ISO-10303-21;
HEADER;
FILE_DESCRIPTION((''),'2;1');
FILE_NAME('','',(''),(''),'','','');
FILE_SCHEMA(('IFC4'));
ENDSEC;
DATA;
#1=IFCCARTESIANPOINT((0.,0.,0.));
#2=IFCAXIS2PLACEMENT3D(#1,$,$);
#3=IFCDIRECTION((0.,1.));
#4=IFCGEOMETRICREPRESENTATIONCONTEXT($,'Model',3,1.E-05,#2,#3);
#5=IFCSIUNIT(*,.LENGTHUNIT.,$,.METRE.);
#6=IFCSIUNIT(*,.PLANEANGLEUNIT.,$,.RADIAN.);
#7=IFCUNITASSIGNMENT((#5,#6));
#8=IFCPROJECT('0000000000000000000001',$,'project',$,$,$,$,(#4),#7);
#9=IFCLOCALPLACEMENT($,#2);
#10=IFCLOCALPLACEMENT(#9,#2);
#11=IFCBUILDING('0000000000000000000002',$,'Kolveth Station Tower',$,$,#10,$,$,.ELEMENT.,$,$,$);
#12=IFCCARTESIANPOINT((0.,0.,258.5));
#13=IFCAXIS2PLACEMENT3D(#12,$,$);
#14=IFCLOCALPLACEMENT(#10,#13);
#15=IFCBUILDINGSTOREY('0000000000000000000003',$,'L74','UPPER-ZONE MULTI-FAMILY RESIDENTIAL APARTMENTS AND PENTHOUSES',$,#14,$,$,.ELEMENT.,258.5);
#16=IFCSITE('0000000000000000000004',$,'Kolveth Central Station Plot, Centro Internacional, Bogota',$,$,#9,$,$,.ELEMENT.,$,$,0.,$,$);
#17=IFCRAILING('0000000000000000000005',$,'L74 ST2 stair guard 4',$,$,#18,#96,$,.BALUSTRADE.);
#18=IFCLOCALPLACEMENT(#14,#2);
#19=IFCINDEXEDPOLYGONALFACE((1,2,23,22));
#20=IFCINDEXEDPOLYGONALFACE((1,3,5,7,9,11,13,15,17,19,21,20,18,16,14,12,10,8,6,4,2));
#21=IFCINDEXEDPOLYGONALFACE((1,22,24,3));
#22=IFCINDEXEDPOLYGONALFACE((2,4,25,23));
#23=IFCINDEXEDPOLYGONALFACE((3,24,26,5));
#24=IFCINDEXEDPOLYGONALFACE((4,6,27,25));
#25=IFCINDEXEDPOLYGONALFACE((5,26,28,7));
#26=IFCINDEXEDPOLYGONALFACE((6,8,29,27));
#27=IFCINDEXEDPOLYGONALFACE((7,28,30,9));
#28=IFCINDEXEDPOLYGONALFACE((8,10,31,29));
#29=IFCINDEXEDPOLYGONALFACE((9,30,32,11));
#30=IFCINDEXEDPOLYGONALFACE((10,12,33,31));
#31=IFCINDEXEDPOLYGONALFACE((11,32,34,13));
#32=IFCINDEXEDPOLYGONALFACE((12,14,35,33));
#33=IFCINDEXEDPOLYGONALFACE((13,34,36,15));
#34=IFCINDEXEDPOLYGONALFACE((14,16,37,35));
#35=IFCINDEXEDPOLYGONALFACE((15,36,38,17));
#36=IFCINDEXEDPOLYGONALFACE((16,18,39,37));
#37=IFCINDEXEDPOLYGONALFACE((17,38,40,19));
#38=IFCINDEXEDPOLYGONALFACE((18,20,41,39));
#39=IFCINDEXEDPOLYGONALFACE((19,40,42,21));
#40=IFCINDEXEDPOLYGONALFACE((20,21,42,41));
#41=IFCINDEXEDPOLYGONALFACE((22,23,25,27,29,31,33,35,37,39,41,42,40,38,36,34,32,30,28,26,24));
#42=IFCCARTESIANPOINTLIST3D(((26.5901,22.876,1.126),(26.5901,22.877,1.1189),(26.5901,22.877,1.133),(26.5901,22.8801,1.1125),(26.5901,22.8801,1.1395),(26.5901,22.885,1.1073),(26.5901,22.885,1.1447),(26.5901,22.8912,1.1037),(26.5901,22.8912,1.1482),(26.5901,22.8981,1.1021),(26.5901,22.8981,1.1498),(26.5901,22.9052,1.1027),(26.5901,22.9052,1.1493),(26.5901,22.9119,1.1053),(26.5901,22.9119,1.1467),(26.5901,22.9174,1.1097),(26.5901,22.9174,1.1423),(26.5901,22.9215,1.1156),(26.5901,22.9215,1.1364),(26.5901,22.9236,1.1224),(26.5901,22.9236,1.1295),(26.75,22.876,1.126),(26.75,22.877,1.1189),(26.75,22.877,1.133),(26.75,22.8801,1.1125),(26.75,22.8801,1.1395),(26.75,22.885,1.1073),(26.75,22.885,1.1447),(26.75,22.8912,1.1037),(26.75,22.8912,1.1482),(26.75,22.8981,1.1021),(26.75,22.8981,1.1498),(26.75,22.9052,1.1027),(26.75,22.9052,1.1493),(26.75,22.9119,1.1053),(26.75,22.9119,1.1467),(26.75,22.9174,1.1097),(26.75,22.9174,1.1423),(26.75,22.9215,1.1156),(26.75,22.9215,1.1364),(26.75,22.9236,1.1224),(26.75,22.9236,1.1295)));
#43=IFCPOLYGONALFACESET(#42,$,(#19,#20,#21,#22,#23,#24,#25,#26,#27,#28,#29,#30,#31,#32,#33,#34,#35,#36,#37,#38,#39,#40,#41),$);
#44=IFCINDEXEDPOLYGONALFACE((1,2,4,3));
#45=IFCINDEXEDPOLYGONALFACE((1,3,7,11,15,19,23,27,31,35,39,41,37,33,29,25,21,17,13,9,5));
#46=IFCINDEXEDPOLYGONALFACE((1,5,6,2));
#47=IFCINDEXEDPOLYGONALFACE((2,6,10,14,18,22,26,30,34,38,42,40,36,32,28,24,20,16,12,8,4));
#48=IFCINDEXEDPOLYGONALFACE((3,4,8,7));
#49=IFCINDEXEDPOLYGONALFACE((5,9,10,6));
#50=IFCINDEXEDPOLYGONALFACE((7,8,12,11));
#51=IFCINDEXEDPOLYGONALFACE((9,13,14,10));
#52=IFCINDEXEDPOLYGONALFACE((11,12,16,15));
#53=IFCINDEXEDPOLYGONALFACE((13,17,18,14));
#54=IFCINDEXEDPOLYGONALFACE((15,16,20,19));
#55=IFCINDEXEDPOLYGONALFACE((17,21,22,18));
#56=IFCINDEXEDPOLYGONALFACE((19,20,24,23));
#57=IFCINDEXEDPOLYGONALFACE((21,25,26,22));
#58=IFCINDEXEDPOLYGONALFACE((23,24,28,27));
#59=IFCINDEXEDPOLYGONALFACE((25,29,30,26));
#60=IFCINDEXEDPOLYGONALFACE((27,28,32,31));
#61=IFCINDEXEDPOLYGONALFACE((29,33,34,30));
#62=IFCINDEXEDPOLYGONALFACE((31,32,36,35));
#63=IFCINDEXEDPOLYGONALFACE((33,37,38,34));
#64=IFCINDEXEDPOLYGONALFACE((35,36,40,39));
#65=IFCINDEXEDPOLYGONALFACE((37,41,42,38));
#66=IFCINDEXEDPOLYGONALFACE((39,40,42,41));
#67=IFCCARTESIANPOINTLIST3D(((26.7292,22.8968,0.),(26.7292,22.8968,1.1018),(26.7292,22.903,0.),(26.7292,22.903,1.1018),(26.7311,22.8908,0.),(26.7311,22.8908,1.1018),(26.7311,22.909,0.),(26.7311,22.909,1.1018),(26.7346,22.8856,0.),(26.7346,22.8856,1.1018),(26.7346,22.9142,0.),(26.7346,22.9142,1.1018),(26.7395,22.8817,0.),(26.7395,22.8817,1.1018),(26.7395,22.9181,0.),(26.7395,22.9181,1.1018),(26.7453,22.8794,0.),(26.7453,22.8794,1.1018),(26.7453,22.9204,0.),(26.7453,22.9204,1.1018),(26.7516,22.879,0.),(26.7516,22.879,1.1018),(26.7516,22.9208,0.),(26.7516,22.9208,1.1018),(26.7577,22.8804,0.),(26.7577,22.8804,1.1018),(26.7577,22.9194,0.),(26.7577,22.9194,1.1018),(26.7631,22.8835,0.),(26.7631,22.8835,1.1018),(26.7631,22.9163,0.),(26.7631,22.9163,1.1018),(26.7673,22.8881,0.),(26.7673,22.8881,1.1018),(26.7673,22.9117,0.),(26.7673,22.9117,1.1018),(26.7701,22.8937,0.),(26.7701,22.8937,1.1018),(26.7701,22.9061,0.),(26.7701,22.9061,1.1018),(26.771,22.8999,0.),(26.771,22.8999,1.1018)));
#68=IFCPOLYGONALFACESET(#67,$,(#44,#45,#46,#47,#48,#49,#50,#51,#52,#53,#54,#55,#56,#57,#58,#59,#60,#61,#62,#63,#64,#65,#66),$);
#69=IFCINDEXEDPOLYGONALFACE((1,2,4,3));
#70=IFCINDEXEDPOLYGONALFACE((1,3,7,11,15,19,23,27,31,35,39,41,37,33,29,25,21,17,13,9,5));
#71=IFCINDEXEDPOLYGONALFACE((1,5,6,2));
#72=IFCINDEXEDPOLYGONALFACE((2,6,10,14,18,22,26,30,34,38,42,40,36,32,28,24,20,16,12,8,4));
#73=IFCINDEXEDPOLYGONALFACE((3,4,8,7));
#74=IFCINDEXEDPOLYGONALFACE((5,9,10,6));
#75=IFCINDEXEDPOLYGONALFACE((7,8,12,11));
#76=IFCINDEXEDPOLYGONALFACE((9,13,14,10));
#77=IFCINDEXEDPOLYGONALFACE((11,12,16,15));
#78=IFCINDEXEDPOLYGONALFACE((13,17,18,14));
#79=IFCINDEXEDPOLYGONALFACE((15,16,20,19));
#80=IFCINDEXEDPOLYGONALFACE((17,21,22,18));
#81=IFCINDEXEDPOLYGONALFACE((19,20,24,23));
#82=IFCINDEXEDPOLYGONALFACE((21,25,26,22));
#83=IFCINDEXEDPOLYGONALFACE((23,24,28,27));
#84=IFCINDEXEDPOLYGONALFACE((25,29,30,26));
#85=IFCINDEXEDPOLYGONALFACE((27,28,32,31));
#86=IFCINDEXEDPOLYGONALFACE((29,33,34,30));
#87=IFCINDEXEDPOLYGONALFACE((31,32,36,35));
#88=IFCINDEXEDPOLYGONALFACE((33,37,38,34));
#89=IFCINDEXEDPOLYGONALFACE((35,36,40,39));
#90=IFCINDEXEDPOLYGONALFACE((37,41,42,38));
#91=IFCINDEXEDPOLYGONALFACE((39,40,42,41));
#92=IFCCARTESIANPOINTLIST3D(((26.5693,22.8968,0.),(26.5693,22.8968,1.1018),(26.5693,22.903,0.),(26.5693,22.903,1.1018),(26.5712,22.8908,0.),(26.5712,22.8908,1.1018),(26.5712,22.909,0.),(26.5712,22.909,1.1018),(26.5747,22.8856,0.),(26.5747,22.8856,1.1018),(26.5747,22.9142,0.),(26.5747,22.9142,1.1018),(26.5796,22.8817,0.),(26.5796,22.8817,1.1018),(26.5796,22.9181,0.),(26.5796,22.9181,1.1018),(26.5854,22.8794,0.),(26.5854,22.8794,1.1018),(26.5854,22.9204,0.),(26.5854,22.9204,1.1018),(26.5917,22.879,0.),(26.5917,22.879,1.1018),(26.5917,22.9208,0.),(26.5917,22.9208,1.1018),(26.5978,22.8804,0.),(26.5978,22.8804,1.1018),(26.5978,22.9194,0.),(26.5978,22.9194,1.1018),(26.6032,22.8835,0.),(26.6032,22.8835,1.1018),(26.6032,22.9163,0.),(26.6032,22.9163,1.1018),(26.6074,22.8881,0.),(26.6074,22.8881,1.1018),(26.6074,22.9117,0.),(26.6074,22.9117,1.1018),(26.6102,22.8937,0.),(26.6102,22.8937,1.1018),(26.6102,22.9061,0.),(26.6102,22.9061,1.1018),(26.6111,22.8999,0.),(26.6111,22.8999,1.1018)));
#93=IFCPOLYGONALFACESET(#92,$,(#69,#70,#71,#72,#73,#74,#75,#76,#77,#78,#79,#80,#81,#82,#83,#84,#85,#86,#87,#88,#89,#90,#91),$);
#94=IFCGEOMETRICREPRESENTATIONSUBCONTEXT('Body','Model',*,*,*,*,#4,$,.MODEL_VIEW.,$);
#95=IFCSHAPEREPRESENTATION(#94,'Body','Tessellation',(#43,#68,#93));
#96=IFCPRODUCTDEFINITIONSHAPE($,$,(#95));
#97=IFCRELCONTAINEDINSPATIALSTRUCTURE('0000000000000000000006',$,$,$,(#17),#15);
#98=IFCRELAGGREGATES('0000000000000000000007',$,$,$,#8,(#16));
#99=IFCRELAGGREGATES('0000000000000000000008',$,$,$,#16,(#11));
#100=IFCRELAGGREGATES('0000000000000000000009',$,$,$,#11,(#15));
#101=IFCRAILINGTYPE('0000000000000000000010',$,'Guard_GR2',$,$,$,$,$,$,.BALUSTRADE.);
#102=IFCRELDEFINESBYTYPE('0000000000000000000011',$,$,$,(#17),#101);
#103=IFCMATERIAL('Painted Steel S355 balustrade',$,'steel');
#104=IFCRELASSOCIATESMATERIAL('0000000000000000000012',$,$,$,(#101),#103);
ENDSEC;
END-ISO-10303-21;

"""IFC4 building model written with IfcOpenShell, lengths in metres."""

from ifc_helpers import new_model, si_unit, direction, frame, origin, origin_2d, place, context, subcontext, project, spatial, circle, extrude, material, type_object, element, save


model = new_model("IFC4")

# Units and contexts
model_context = context("Model", 3, precision=1e-05, world=origin(), true_north=direction((0.0, 1.0)))
body_context = subcontext(model_context, "Body", "Model", "MODEL_VIEW")
ifc_project = project(units=[si_unit("LENGTHUNIT", "METRE"), si_unit("PLANEANGLEUNIT", "RADIAN")], contexts=[model_context])

# Site, building, storey
site_placement = place(None, origin())
site = spatial("IfcSite", under=ifc_project, at=site_placement, Name="Kolveth Central Station Plot, Centro Internacional, Bogota", CompositionType="ELEMENT", RefElevation=0.0)
building_placement = place(site_placement, origin())
building = spatial("IfcBuilding", under=site, at=building_placement, Name="Kolveth Station Tower", CompositionType="ELEMENT")
storey_placement = place(building_placement, frame((0.0, 0.0, 258.5)))
storey = spatial("IfcBuildingStorey", under=building, at=storey_placement, Name="L74", Description="UPPER-ZONE MULTI-FAMILY RESIDENTIAL APARTMENTS AND PENTHOUSES", CompositionType="ELEMENT", Elevation=258.5)

# Railing
ifc_material_1 = material(Name="Painted Steel S355 balustrade", Category="steel")
railing_type_1 = type_object("IfcRailingType", Name="Guard_GR2", PredefinedType="BALUSTRADE", material=ifc_material_1)
railing_1_placement = place(storey_placement, frame((26.75, 22.8999, 0.0)))
element("IfcRailing", 1, at=railing_1_placement, inside=storey, type_object=railing_type_1, Name="L74 ST2 stair guard 4", PredefinedType="BALUSTRADE", context=body_context, shape_type="SweptSolid", body=[
    extrude(circle(Radius=0.0239, at=origin_2d()), frame((0.0, 0.0, 1.126), z_axis=(-1.0, 0.0, 0.0), x_axis=(0.0, -1.0, 0.0)), (0.0, 0.0, 1.0), 0.1599),
    extrude(circle(Radius=0.021, at=origin_2d()), origin(), (0.0, 0.0, 1.0), 1.1018),
    extrude(circle(Radius=0.021, at=origin_2d()), frame((-0.1599, 0.0, 0.0)), (0.0, 0.0, 1.0), 1.1018),
])

save(model, "model.ifc")
